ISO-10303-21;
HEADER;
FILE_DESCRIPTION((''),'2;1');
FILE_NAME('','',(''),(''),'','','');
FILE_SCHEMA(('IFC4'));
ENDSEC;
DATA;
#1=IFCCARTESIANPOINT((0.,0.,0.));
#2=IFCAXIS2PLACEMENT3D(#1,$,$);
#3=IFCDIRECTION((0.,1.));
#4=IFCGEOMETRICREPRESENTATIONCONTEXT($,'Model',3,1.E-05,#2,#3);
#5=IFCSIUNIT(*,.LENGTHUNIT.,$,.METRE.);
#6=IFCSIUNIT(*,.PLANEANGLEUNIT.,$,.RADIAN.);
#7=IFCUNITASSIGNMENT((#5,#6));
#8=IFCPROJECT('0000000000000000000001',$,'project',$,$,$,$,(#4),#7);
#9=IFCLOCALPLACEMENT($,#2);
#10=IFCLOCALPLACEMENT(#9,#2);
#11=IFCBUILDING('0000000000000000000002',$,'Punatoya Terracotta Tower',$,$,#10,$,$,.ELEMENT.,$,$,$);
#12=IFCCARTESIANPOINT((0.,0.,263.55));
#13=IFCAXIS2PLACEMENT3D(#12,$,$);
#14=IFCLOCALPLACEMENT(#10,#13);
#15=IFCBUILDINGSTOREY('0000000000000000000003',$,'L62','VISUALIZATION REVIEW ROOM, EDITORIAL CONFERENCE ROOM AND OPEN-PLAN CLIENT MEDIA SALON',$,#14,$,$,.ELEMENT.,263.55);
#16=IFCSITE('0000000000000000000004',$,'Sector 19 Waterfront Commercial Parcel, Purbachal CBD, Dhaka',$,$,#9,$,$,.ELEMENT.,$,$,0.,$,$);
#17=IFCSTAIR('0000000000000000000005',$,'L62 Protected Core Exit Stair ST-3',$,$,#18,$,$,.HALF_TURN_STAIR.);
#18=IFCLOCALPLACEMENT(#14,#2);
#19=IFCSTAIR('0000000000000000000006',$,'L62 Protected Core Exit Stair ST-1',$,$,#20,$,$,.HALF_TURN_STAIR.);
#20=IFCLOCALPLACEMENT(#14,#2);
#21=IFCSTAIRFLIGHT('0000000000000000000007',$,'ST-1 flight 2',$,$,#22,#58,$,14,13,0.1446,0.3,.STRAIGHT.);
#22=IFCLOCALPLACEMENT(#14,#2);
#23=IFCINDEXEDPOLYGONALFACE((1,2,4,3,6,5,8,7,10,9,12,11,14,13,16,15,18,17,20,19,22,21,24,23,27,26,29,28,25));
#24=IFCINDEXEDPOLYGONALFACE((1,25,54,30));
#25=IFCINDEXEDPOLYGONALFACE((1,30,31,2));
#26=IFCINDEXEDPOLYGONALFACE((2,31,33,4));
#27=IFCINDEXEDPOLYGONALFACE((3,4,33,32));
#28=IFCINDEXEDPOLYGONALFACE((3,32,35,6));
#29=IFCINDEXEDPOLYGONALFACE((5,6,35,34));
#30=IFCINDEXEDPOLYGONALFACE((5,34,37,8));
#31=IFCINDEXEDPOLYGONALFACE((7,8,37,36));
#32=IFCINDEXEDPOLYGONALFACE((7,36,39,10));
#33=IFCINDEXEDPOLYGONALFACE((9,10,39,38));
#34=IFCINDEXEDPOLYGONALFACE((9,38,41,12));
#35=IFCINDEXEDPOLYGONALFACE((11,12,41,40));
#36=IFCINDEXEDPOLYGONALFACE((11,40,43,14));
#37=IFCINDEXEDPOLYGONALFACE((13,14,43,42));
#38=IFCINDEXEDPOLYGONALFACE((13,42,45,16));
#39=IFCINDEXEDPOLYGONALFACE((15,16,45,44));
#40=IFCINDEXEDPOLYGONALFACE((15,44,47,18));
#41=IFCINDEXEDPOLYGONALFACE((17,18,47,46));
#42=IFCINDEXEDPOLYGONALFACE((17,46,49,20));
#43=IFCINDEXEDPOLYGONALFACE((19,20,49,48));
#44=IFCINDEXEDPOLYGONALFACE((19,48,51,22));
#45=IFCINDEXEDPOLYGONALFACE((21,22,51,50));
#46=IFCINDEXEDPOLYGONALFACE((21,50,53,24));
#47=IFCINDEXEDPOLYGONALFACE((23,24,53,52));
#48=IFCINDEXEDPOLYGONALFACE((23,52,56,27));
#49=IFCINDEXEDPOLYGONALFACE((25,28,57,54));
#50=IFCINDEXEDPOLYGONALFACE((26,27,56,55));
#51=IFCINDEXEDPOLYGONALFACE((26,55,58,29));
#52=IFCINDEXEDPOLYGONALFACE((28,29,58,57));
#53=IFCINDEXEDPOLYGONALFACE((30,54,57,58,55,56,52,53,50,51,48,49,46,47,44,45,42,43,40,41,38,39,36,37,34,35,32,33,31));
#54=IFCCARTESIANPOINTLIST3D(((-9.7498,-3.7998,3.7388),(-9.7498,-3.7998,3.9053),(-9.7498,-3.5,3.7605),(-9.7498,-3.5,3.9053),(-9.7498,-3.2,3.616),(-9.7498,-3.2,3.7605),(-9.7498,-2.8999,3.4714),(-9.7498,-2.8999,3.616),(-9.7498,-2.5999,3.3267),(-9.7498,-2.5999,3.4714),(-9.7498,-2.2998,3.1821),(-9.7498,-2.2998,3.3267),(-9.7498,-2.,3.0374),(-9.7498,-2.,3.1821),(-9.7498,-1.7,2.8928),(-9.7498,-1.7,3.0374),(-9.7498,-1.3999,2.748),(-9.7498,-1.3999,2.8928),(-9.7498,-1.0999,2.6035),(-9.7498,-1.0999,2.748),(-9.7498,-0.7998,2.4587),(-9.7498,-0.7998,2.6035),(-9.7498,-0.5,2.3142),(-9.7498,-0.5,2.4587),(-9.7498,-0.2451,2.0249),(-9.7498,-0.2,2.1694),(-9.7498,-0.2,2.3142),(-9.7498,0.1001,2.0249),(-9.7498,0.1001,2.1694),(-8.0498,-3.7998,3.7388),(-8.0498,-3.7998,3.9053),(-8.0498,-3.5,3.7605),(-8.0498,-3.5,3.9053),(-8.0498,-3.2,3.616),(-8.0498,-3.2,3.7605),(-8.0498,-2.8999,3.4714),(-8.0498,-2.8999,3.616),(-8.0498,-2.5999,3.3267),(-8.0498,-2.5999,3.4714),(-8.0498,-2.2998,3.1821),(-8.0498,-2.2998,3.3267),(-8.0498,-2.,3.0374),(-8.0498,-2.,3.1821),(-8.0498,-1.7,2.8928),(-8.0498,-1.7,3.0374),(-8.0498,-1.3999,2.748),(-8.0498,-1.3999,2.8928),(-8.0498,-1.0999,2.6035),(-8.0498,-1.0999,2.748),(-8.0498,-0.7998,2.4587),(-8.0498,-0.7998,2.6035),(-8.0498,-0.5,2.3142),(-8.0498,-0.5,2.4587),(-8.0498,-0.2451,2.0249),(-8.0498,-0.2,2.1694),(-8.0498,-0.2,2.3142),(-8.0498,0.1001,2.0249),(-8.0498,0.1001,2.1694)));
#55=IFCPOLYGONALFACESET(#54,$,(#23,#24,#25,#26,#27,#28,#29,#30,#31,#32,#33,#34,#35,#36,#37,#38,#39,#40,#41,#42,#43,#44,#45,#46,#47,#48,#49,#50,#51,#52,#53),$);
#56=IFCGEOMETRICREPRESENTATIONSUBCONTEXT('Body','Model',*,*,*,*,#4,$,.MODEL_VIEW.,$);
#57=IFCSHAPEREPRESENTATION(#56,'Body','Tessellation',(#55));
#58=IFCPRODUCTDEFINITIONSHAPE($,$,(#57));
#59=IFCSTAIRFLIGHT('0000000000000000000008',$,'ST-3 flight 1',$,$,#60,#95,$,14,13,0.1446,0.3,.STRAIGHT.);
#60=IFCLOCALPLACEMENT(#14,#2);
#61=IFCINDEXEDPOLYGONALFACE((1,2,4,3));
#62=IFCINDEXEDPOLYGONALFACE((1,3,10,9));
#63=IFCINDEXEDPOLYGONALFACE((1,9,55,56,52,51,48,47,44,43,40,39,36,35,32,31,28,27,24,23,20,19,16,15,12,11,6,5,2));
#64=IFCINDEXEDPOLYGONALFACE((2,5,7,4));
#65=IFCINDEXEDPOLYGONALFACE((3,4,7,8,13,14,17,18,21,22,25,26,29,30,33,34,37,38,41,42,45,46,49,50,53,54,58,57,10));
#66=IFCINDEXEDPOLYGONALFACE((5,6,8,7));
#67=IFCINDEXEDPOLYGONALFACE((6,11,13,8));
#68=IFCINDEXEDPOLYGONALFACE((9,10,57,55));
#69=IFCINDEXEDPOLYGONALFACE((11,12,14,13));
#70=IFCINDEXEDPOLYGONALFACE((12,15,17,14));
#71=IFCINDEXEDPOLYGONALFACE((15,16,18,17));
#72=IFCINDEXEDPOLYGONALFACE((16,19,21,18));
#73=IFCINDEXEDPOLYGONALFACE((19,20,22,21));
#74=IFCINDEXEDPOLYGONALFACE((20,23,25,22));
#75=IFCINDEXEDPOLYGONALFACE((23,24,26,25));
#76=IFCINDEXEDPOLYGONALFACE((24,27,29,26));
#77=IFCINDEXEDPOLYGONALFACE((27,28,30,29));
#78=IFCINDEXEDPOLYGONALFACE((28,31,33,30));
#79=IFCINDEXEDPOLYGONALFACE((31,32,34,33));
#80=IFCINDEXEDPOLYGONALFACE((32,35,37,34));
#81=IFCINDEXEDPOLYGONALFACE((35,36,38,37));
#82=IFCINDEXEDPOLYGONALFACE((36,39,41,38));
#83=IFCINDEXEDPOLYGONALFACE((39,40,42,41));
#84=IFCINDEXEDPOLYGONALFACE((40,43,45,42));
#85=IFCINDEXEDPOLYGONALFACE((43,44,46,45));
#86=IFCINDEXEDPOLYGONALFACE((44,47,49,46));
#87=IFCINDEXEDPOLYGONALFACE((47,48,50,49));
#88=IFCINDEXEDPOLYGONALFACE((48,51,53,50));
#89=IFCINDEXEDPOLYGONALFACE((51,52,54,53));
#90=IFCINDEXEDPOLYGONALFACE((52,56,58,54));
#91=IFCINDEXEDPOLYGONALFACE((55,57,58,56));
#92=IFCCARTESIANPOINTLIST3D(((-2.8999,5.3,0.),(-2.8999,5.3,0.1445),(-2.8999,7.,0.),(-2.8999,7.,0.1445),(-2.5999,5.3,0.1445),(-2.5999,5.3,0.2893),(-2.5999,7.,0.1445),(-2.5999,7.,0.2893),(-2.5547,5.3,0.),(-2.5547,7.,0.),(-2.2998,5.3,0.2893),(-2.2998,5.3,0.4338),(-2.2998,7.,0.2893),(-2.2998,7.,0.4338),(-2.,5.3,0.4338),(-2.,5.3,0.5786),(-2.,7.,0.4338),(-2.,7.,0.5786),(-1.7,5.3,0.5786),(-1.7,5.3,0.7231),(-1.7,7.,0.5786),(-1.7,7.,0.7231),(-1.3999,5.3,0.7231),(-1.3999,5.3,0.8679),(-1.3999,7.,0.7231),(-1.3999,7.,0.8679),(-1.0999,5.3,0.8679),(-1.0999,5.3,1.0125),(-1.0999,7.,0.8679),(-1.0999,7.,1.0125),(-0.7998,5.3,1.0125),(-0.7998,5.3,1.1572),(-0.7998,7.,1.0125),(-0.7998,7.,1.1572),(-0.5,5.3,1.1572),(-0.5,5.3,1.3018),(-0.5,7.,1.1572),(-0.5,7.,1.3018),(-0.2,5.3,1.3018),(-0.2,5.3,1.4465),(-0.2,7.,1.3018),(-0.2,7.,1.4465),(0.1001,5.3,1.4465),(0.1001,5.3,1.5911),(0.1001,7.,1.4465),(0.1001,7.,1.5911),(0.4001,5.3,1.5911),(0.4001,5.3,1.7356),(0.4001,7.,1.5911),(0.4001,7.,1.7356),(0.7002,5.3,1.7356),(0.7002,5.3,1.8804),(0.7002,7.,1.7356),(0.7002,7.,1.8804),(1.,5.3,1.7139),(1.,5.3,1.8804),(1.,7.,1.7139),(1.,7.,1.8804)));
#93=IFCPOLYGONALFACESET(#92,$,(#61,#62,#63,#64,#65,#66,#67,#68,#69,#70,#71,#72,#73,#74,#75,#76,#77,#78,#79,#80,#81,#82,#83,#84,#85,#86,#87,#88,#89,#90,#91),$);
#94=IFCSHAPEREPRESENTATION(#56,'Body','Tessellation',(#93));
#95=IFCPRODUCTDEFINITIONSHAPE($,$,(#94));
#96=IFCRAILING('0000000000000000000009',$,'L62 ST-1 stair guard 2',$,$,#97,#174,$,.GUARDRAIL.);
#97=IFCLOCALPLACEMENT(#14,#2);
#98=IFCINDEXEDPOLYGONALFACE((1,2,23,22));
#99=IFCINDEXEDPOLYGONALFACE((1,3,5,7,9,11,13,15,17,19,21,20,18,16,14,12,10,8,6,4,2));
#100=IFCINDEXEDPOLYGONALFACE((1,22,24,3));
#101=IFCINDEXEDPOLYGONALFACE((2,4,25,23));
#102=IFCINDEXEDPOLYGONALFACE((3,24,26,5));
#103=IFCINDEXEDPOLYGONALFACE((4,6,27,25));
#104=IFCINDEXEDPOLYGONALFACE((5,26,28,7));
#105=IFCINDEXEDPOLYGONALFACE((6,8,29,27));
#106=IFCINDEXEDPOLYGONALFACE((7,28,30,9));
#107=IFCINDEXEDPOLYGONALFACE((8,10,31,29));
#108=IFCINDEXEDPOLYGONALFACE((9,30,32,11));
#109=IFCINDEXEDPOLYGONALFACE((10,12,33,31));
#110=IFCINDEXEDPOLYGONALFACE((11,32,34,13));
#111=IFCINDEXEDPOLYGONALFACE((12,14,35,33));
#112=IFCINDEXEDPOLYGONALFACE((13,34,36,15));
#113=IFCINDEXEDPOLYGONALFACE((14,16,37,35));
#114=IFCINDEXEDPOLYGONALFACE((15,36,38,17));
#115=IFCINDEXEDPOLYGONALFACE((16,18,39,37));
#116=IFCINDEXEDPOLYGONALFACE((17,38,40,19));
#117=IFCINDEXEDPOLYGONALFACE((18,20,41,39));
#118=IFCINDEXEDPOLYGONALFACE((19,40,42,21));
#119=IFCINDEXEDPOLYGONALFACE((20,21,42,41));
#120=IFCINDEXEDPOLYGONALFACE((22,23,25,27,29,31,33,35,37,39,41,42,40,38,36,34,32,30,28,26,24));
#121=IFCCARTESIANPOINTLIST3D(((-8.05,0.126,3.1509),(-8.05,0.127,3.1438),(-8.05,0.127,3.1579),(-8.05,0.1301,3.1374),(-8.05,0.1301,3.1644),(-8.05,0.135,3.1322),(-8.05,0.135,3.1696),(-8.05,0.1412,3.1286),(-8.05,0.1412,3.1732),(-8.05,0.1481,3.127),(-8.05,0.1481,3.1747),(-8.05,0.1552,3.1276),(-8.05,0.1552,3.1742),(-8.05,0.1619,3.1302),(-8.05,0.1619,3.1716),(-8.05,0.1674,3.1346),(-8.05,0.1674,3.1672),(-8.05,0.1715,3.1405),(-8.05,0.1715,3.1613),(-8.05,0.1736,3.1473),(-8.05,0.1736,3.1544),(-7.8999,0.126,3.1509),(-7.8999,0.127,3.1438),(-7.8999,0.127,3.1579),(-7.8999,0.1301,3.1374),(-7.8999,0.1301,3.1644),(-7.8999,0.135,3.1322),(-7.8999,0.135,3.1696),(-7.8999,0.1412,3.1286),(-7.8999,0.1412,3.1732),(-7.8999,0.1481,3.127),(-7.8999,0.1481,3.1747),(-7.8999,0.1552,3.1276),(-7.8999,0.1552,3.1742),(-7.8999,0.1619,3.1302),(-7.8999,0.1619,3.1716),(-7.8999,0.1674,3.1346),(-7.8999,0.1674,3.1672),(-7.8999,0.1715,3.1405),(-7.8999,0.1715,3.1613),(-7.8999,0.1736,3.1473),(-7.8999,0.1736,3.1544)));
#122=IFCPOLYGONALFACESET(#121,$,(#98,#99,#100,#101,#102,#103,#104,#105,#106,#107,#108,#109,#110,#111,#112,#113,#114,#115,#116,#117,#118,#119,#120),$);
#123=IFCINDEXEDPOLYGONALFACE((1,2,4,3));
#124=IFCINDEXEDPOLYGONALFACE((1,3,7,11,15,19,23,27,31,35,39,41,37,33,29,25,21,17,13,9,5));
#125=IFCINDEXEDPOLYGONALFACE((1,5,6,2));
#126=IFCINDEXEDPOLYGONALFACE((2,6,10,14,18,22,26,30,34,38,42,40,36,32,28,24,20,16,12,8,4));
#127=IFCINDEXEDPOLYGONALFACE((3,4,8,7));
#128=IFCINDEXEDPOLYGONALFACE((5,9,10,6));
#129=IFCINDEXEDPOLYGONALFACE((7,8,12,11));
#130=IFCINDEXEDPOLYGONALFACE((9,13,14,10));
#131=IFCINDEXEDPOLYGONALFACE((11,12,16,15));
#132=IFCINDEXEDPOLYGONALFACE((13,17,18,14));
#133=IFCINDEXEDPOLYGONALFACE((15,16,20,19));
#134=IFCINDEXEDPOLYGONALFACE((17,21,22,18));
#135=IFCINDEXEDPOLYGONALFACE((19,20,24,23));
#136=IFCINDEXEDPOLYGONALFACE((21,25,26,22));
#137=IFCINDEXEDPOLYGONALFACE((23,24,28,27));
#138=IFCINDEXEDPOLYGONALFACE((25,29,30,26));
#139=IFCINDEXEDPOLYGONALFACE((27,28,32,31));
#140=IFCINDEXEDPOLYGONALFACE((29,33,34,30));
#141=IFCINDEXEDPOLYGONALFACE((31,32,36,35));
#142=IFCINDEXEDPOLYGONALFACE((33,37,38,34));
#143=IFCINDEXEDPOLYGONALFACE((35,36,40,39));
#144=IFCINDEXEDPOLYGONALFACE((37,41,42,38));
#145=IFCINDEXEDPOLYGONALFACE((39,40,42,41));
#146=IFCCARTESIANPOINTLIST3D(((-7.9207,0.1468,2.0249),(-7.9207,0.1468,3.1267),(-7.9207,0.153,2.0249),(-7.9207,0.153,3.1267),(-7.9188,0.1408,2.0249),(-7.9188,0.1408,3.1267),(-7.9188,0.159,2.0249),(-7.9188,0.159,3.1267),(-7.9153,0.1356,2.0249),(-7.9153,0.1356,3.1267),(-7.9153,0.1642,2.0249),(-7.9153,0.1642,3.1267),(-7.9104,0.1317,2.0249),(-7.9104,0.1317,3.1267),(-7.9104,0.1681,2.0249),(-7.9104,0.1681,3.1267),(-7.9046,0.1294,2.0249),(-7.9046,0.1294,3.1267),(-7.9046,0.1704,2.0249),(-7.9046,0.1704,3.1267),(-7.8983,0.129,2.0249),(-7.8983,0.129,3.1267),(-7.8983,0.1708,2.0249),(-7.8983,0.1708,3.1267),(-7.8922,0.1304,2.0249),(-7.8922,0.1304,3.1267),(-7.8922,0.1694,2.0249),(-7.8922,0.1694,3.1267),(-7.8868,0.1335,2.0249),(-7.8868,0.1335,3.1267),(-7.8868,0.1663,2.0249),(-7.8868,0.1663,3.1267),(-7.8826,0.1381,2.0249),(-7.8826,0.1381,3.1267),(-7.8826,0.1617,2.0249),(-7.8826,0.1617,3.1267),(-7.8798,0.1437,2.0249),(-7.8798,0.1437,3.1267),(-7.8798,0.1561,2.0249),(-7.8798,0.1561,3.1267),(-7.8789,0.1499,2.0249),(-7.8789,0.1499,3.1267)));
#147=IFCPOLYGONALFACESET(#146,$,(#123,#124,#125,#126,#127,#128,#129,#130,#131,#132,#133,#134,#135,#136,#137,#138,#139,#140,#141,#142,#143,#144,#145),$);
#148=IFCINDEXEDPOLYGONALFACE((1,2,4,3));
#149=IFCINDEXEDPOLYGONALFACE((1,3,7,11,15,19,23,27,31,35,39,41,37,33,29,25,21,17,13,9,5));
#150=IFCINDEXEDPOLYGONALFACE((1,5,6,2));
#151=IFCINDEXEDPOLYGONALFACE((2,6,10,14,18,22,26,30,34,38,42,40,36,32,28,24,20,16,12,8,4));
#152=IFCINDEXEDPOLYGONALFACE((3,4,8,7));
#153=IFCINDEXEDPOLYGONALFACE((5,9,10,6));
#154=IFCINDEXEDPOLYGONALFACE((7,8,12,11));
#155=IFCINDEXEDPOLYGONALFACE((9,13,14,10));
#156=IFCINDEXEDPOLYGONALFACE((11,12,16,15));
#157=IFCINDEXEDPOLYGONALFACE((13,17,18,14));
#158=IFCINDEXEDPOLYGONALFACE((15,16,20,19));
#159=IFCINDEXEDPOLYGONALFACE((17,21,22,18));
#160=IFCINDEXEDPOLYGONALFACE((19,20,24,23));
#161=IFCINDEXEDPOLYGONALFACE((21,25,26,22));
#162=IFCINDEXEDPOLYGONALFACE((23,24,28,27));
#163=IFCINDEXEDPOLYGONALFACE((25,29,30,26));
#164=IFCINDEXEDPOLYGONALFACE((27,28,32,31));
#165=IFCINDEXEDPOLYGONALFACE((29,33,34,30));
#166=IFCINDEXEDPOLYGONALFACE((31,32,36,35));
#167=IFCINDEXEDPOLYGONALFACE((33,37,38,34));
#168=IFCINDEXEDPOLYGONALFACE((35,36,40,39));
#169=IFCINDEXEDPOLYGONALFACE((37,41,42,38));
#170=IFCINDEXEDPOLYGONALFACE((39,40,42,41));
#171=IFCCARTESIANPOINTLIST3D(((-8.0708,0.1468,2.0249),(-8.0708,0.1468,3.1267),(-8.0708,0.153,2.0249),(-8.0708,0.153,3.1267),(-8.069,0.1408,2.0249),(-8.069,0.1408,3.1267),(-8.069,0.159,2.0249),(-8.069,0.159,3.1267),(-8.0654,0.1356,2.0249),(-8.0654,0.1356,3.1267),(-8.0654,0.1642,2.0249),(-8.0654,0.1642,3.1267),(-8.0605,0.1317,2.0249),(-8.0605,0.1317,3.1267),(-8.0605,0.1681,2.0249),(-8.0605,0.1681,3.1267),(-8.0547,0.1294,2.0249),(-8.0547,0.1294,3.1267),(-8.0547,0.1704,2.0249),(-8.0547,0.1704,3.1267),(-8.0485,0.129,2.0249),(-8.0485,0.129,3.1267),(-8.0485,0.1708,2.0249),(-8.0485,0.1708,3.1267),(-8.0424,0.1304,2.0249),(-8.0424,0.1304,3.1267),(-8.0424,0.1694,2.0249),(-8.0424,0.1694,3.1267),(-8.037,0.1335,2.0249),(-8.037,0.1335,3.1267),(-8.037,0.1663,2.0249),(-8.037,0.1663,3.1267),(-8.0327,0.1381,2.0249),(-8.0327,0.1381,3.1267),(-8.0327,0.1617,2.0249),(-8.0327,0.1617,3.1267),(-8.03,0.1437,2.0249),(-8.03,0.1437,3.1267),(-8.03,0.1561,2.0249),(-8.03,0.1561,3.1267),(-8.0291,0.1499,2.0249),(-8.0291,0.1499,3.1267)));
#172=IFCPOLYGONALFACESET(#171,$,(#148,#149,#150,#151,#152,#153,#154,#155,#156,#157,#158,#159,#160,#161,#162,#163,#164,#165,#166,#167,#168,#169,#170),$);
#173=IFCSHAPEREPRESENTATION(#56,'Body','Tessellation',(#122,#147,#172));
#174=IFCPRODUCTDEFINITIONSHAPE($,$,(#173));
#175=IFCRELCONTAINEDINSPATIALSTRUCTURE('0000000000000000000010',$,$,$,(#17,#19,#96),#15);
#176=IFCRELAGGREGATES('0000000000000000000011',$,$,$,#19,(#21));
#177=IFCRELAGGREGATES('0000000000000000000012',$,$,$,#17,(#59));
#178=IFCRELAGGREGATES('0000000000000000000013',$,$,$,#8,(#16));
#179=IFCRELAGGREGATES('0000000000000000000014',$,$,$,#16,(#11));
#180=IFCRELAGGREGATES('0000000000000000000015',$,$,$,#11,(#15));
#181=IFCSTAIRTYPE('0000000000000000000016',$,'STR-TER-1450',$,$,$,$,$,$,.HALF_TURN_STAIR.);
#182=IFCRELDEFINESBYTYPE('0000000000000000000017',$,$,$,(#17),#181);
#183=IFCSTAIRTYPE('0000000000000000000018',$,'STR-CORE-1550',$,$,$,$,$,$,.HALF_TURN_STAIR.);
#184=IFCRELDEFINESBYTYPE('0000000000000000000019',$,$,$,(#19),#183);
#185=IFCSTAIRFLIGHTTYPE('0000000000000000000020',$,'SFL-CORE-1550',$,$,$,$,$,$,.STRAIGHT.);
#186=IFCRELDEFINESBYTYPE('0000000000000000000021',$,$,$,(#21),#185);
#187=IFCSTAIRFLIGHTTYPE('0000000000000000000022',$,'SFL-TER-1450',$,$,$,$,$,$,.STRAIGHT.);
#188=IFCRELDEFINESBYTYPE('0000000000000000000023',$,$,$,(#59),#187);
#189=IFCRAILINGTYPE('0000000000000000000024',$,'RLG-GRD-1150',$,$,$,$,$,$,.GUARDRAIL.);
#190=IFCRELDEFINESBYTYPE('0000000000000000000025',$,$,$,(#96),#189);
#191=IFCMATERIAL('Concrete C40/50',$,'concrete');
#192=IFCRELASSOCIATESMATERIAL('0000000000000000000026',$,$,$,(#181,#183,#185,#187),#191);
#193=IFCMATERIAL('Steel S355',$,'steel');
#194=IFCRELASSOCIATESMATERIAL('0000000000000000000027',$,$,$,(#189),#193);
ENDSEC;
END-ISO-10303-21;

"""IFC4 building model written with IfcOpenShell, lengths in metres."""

from ifc_helpers import new_model, si_unit, direction, frame, origin, origin_2d, place, context, subcontext, project, spatial, polyline, circle, outline, extrude, material, type_object, element, aggregate, save


model = new_model("IFC4")

# Units and contexts
model_context = context("Model", 3, precision=1e-05, world=origin(), true_north=direction((0.0, 1.0)))
body_context = subcontext(model_context, "Body", "Model", "MODEL_VIEW")
ifc_project = project(units=[si_unit("LENGTHUNIT", "METRE"), si_unit("PLANEANGLEUNIT", "RADIAN")], contexts=[model_context])

# Site, building, storey
site_placement = place(None, origin())
site = spatial("IfcSite", under=ifc_project, at=site_placement, Name="Sector 19 Waterfront Commercial Parcel, Purbachal CBD, Dhaka", CompositionType="ELEMENT", RefElevation=0.0)
building_placement = place(site_placement, origin())
building = spatial("IfcBuilding", under=site, at=building_placement, Name="Punatoya Terracotta Tower", CompositionType="ELEMENT")
storey_placement = place(building_placement, frame((0.0, 0.0, 263.55)))
storey = spatial("IfcBuildingStorey", under=building, at=storey_placement, Name="L62", Description="VISUALIZATION REVIEW ROOM, EDITORIAL CONFERENCE ROOM AND OPEN-PLAN CLIENT MEDIA SALON", CompositionType="ELEMENT", Elevation=263.55)

# Shared definitions
ifc_material_1 = material(Name="Steel S355", Category="steel")

# Stairs
ifc_material_2 = material(Name="Concrete C40/50", Category="concrete")
stair_type_1 = type_object("IfcStairType", Name="STR-TER-1450", PredefinedType="HALF_TURN_STAIR", material=ifc_material_2)
stair_1_placement = place(storey_placement, origin())
stair_1 = element("IfcStair", 1, at=stair_1_placement, inside=storey, type_object=stair_type_1, Name="L62 Protected Core Exit Stair ST-3", PredefinedType="HALF_TURN_STAIR")
stair_type_2 = type_object("IfcStairType", Name="STR-CORE-1550", PredefinedType="HALF_TURN_STAIR", material=ifc_material_2)
stair_2_placement = place(storey_placement, origin())
stair_2 = element("IfcStair", 2, at=stair_2_placement, inside=storey, type_object=stair_type_2, Name="L62 Protected Core Exit Stair ST-1", PredefinedType="HALF_TURN_STAIR")

# Stair flights
stair_flight_type_1 = type_object("IfcStairFlightType", Name="SFL-CORE-1550", PredefinedType="STRAIGHT", material=ifc_material_2)
stair_flight_1_placement = place(storey_placement, frame((-8.8999, 0.1001, 2.0249), z_axis=(0.0, 0.0, 1.0), x_axis=(0.0, -1.0, 0.0)))
stair_flight_1 = element("IfcStairFlight", 3, at=stair_flight_1_placement, type_object=stair_flight_type_1, Name="ST-1 flight 2", NumberOfRisers=14, NumberOfTreads=13, PredefinedType="STRAIGHT", RiserHeight=0.1446, TreadLength=0.3, context=body_context, shape_type="SweptSolid", body=[
    extrude(outline(polyline([(0.0, 0.0), (0.0, 0.1445), (0.3, 0.1445), (0.3, 0.2893), (0.6001, 0.2893), (0.6001, 0.4338), (0.8999, 0.4338), (0.8999, 0.5786), (1.2, 0.5786), (1.2, 0.7231), (1.5, 0.7231), (1.5, 0.8679), (1.8, 0.8679), (1.8, 1.0125), (2.1001, 1.0125), (2.1001, 1.1572), (2.3999, 1.1572), (2.3999, 1.3018), (2.7, 1.3018), (2.7, 1.4465), (3.0, 1.4465), (3.0, 1.5911), (3.3, 1.5911), (3.3, 1.7356), (3.6001, 1.7356), (3.6001, 1.8804), (3.8999, 1.8804), (3.8999, 2.0249), (3.8999, 1.7139), (0.3452, 0.0), (0.0, 0.0)])), frame((0.0, 0.8501, 0.0), z_axis=(0.0, -1.0, 0.0), x_axis=(1.0, 0.0, 0.0)), (0.0, 0.0, 1.0), 1.7),
])
aggregate(stair_2, [stair_flight_1])
stair_flight_type_2 = type_object("IfcStairFlightType", Name="SFL-TER-1450", PredefinedType="STRAIGHT", material=ifc_material_2)
stair_flight_2_placement = place(storey_placement, frame((-2.8999, 6.1499, 0.0), z_axis=(0.0, 0.0, 1.0), x_axis=(1.0, 0.0, 0.0)))
stair_flight_2 = element("IfcStairFlight", 4, at=stair_flight_2_placement, type_object=stair_flight_type_2, Name="ST-3 flight 1", NumberOfRisers=14, NumberOfTreads=13, PredefinedType="STRAIGHT", RiserHeight=0.1446, TreadLength=0.3, context=body_context, shape_type="SweptSolid", body=[
    extrude(outline(polyline([(0.0, 0.0), (0.0, 0.1445), (0.3, 0.1445), (0.3, 0.2893), (0.6001, 0.2893), (0.6001, 0.4338), (0.8999, 0.4338), (0.8999, 0.5786), (1.2, 0.5786), (1.2, 0.7231), (1.5, 0.7231), (1.5, 0.8679), (1.8, 0.8679), (1.8, 1.0125), (2.1001, 1.0125), (2.1001, 1.1572), (2.3999, 1.1572), (2.3999, 1.3018), (2.7, 1.3018), (2.7, 1.4465), (3.0, 1.4465), (3.0, 1.5911), (3.3, 1.5911), (3.3, 1.7356), (3.6001, 1.7356), (3.6001, 1.8804), (3.8999, 1.8804), (3.8999, 2.0249), (3.8999, 1.7139), (0.3452, 0.0), (0.0, 0.0)])), frame((0.0, 0.8501, 0.0), z_axis=(0.0, -1.0, 0.0), x_axis=(1.0, 0.0, 0.0)), (0.0, 0.0, 1.0), 1.7),
])
aggregate(stair_1, [stair_flight_2])

# Railing
railing_type_1 = type_object("IfcRailingType", Name="RLG-GRD-1150", PredefinedType="GUARDRAIL", material=ifc_material_1)
railing_1_placement = place(storey_placement, frame((-7.8999, 0.1499, 2.0249)))
element("IfcRailing", 5, at=railing_1_placement, inside=storey, type_object=railing_type_1, Name="L62 ST-1 stair guard 2", PredefinedType="GUARDRAIL", context=body_context, shape_type="SweptSolid", body=[
    extrude(circle(Radius=0.0239, at=origin_2d()), frame((0.0, 0.0, 1.126), z_axis=(-1.0, 0.0, 0.0), x_axis=(0.0, -1.0, 0.0)), (0.0, 0.0, 1.0), 0.1501),
    extrude(circle(Radius=0.021, at=origin_2d()), origin(), (0.0, 0.0, 1.0), 1.1018),
    extrude(circle(Radius=0.021, at=origin_2d()), frame((-0.1501, 0.0, 0.0)), (0.0, 0.0, 1.0), 1.1018),
])

save(model, "model.ifc")
